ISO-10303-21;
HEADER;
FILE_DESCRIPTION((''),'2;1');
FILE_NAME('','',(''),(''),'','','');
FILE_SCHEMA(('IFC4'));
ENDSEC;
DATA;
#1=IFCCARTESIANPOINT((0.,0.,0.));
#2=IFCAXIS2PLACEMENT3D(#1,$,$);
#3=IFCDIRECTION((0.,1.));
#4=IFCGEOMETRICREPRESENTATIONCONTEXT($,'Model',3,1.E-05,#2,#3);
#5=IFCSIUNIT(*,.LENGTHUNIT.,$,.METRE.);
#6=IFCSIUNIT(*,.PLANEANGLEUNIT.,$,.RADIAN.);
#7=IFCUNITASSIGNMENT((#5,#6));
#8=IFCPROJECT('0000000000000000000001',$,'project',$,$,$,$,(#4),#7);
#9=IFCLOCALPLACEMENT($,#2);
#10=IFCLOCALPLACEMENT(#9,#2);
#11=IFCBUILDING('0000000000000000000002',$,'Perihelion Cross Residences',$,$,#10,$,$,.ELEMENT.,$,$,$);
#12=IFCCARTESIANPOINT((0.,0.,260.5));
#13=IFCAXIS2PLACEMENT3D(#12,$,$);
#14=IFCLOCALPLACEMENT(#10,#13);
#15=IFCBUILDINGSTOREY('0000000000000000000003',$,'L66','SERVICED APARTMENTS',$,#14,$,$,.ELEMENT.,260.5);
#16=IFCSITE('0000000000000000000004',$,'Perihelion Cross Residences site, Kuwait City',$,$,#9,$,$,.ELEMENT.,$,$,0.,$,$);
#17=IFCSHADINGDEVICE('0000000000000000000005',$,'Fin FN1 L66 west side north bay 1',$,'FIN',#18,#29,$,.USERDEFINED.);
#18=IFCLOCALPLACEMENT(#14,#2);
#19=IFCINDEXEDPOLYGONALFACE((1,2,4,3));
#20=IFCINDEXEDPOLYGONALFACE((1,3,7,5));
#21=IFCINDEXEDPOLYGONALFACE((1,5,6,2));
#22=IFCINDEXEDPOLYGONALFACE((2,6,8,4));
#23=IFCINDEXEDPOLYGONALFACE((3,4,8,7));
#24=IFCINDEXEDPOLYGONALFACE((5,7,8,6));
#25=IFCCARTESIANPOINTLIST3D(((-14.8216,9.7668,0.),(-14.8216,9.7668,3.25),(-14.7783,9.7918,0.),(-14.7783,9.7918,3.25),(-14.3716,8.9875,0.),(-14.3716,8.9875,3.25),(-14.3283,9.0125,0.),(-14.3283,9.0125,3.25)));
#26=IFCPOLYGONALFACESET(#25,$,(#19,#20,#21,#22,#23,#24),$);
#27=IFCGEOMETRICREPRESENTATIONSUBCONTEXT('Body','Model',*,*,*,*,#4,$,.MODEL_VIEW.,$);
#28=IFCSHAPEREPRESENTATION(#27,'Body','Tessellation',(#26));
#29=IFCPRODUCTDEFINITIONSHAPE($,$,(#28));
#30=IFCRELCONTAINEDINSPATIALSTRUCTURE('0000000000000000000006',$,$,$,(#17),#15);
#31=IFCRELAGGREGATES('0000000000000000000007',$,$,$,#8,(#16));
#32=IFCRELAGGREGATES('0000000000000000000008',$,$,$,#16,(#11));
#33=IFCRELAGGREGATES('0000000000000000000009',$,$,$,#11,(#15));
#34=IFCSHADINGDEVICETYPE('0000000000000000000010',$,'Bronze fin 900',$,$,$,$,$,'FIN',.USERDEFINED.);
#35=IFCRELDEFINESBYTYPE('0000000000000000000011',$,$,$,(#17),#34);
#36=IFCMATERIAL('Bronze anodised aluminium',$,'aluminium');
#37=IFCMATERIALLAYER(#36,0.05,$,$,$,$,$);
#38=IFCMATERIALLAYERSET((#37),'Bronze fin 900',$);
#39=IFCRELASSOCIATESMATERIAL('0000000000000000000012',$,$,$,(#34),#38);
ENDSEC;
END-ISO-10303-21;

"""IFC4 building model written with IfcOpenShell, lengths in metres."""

from ifc_helpers import new_model, si_unit, direction, frame, origin, origin_2d, place, context, subcontext, project, spatial, rectangle, extrude, material, layer, layer_set, type_object, element, save


model = new_model("IFC4")

# Units and contexts
model_context = context("Model", 3, precision=1e-05, world=origin(), true_north=direction((0.0, 1.0)))
body_context = subcontext(model_context, "Body", "Model", "MODEL_VIEW")
ifc_project = project(units=[si_unit("LENGTHUNIT", "METRE"), si_unit("PLANEANGLEUNIT", "RADIAN")], contexts=[model_context])

# Site, building, storey
site_placement = place(None, origin())
site = spatial("IfcSite", under=ifc_project, at=site_placement, Name="Perihelion Cross Residences site, Kuwait City", CompositionType="ELEMENT", RefElevation=0.0)
building_placement = place(site_placement, origin())
building = spatial("IfcBuilding", under=site, at=building_placement, Name="Perihelion Cross Residences", CompositionType="ELEMENT")
storey_placement = place(building_placement, frame((0.0, 0.0, 260.5)))
storey = spatial("IfcBuildingStorey", under=building, at=storey_placement, Name="L66", Description="SERVICED APARTMENTS", CompositionType="ELEMENT", Elevation=260.5)

# Shading device
ifc_material_1 = material(Name="Bronze anodised aluminium", Category="aluminium")
ifc_layer_1 = layer(ifc_material_1, 0.05)
ifc_layer_set_1 = layer_set([ifc_layer_1], Name="Bronze fin 900")
shading_device_type = type_object("IfcShadingDeviceType", Name="Bronze fin 900", ElementType="FIN", PredefinedType="USERDEFINED", material=ifc_layer_set_1)
shading_device_placement = place(storey_placement, frame((-14.575, 9.3896, 0.0), z_axis=(0.0, 0.0, 1.0), x_axis=(-0.5, 0.866025, 0.0)))
element("IfcShadingDevice", 1, at=shading_device_placement, inside=storey, type_object=shading_device_type, Name="Fin FN1 L66 west side north bay 1", ObjectType="FIN", PredefinedType="USERDEFINED", context=body_context, shape_type="SweptSolid", body=[
    extrude(rectangle(XDim=0.8999, YDim=0.05, at=origin_2d()), origin(), (0.0, 0.0, 1.0), 3.25),
])

save(model, "model.ifc")
